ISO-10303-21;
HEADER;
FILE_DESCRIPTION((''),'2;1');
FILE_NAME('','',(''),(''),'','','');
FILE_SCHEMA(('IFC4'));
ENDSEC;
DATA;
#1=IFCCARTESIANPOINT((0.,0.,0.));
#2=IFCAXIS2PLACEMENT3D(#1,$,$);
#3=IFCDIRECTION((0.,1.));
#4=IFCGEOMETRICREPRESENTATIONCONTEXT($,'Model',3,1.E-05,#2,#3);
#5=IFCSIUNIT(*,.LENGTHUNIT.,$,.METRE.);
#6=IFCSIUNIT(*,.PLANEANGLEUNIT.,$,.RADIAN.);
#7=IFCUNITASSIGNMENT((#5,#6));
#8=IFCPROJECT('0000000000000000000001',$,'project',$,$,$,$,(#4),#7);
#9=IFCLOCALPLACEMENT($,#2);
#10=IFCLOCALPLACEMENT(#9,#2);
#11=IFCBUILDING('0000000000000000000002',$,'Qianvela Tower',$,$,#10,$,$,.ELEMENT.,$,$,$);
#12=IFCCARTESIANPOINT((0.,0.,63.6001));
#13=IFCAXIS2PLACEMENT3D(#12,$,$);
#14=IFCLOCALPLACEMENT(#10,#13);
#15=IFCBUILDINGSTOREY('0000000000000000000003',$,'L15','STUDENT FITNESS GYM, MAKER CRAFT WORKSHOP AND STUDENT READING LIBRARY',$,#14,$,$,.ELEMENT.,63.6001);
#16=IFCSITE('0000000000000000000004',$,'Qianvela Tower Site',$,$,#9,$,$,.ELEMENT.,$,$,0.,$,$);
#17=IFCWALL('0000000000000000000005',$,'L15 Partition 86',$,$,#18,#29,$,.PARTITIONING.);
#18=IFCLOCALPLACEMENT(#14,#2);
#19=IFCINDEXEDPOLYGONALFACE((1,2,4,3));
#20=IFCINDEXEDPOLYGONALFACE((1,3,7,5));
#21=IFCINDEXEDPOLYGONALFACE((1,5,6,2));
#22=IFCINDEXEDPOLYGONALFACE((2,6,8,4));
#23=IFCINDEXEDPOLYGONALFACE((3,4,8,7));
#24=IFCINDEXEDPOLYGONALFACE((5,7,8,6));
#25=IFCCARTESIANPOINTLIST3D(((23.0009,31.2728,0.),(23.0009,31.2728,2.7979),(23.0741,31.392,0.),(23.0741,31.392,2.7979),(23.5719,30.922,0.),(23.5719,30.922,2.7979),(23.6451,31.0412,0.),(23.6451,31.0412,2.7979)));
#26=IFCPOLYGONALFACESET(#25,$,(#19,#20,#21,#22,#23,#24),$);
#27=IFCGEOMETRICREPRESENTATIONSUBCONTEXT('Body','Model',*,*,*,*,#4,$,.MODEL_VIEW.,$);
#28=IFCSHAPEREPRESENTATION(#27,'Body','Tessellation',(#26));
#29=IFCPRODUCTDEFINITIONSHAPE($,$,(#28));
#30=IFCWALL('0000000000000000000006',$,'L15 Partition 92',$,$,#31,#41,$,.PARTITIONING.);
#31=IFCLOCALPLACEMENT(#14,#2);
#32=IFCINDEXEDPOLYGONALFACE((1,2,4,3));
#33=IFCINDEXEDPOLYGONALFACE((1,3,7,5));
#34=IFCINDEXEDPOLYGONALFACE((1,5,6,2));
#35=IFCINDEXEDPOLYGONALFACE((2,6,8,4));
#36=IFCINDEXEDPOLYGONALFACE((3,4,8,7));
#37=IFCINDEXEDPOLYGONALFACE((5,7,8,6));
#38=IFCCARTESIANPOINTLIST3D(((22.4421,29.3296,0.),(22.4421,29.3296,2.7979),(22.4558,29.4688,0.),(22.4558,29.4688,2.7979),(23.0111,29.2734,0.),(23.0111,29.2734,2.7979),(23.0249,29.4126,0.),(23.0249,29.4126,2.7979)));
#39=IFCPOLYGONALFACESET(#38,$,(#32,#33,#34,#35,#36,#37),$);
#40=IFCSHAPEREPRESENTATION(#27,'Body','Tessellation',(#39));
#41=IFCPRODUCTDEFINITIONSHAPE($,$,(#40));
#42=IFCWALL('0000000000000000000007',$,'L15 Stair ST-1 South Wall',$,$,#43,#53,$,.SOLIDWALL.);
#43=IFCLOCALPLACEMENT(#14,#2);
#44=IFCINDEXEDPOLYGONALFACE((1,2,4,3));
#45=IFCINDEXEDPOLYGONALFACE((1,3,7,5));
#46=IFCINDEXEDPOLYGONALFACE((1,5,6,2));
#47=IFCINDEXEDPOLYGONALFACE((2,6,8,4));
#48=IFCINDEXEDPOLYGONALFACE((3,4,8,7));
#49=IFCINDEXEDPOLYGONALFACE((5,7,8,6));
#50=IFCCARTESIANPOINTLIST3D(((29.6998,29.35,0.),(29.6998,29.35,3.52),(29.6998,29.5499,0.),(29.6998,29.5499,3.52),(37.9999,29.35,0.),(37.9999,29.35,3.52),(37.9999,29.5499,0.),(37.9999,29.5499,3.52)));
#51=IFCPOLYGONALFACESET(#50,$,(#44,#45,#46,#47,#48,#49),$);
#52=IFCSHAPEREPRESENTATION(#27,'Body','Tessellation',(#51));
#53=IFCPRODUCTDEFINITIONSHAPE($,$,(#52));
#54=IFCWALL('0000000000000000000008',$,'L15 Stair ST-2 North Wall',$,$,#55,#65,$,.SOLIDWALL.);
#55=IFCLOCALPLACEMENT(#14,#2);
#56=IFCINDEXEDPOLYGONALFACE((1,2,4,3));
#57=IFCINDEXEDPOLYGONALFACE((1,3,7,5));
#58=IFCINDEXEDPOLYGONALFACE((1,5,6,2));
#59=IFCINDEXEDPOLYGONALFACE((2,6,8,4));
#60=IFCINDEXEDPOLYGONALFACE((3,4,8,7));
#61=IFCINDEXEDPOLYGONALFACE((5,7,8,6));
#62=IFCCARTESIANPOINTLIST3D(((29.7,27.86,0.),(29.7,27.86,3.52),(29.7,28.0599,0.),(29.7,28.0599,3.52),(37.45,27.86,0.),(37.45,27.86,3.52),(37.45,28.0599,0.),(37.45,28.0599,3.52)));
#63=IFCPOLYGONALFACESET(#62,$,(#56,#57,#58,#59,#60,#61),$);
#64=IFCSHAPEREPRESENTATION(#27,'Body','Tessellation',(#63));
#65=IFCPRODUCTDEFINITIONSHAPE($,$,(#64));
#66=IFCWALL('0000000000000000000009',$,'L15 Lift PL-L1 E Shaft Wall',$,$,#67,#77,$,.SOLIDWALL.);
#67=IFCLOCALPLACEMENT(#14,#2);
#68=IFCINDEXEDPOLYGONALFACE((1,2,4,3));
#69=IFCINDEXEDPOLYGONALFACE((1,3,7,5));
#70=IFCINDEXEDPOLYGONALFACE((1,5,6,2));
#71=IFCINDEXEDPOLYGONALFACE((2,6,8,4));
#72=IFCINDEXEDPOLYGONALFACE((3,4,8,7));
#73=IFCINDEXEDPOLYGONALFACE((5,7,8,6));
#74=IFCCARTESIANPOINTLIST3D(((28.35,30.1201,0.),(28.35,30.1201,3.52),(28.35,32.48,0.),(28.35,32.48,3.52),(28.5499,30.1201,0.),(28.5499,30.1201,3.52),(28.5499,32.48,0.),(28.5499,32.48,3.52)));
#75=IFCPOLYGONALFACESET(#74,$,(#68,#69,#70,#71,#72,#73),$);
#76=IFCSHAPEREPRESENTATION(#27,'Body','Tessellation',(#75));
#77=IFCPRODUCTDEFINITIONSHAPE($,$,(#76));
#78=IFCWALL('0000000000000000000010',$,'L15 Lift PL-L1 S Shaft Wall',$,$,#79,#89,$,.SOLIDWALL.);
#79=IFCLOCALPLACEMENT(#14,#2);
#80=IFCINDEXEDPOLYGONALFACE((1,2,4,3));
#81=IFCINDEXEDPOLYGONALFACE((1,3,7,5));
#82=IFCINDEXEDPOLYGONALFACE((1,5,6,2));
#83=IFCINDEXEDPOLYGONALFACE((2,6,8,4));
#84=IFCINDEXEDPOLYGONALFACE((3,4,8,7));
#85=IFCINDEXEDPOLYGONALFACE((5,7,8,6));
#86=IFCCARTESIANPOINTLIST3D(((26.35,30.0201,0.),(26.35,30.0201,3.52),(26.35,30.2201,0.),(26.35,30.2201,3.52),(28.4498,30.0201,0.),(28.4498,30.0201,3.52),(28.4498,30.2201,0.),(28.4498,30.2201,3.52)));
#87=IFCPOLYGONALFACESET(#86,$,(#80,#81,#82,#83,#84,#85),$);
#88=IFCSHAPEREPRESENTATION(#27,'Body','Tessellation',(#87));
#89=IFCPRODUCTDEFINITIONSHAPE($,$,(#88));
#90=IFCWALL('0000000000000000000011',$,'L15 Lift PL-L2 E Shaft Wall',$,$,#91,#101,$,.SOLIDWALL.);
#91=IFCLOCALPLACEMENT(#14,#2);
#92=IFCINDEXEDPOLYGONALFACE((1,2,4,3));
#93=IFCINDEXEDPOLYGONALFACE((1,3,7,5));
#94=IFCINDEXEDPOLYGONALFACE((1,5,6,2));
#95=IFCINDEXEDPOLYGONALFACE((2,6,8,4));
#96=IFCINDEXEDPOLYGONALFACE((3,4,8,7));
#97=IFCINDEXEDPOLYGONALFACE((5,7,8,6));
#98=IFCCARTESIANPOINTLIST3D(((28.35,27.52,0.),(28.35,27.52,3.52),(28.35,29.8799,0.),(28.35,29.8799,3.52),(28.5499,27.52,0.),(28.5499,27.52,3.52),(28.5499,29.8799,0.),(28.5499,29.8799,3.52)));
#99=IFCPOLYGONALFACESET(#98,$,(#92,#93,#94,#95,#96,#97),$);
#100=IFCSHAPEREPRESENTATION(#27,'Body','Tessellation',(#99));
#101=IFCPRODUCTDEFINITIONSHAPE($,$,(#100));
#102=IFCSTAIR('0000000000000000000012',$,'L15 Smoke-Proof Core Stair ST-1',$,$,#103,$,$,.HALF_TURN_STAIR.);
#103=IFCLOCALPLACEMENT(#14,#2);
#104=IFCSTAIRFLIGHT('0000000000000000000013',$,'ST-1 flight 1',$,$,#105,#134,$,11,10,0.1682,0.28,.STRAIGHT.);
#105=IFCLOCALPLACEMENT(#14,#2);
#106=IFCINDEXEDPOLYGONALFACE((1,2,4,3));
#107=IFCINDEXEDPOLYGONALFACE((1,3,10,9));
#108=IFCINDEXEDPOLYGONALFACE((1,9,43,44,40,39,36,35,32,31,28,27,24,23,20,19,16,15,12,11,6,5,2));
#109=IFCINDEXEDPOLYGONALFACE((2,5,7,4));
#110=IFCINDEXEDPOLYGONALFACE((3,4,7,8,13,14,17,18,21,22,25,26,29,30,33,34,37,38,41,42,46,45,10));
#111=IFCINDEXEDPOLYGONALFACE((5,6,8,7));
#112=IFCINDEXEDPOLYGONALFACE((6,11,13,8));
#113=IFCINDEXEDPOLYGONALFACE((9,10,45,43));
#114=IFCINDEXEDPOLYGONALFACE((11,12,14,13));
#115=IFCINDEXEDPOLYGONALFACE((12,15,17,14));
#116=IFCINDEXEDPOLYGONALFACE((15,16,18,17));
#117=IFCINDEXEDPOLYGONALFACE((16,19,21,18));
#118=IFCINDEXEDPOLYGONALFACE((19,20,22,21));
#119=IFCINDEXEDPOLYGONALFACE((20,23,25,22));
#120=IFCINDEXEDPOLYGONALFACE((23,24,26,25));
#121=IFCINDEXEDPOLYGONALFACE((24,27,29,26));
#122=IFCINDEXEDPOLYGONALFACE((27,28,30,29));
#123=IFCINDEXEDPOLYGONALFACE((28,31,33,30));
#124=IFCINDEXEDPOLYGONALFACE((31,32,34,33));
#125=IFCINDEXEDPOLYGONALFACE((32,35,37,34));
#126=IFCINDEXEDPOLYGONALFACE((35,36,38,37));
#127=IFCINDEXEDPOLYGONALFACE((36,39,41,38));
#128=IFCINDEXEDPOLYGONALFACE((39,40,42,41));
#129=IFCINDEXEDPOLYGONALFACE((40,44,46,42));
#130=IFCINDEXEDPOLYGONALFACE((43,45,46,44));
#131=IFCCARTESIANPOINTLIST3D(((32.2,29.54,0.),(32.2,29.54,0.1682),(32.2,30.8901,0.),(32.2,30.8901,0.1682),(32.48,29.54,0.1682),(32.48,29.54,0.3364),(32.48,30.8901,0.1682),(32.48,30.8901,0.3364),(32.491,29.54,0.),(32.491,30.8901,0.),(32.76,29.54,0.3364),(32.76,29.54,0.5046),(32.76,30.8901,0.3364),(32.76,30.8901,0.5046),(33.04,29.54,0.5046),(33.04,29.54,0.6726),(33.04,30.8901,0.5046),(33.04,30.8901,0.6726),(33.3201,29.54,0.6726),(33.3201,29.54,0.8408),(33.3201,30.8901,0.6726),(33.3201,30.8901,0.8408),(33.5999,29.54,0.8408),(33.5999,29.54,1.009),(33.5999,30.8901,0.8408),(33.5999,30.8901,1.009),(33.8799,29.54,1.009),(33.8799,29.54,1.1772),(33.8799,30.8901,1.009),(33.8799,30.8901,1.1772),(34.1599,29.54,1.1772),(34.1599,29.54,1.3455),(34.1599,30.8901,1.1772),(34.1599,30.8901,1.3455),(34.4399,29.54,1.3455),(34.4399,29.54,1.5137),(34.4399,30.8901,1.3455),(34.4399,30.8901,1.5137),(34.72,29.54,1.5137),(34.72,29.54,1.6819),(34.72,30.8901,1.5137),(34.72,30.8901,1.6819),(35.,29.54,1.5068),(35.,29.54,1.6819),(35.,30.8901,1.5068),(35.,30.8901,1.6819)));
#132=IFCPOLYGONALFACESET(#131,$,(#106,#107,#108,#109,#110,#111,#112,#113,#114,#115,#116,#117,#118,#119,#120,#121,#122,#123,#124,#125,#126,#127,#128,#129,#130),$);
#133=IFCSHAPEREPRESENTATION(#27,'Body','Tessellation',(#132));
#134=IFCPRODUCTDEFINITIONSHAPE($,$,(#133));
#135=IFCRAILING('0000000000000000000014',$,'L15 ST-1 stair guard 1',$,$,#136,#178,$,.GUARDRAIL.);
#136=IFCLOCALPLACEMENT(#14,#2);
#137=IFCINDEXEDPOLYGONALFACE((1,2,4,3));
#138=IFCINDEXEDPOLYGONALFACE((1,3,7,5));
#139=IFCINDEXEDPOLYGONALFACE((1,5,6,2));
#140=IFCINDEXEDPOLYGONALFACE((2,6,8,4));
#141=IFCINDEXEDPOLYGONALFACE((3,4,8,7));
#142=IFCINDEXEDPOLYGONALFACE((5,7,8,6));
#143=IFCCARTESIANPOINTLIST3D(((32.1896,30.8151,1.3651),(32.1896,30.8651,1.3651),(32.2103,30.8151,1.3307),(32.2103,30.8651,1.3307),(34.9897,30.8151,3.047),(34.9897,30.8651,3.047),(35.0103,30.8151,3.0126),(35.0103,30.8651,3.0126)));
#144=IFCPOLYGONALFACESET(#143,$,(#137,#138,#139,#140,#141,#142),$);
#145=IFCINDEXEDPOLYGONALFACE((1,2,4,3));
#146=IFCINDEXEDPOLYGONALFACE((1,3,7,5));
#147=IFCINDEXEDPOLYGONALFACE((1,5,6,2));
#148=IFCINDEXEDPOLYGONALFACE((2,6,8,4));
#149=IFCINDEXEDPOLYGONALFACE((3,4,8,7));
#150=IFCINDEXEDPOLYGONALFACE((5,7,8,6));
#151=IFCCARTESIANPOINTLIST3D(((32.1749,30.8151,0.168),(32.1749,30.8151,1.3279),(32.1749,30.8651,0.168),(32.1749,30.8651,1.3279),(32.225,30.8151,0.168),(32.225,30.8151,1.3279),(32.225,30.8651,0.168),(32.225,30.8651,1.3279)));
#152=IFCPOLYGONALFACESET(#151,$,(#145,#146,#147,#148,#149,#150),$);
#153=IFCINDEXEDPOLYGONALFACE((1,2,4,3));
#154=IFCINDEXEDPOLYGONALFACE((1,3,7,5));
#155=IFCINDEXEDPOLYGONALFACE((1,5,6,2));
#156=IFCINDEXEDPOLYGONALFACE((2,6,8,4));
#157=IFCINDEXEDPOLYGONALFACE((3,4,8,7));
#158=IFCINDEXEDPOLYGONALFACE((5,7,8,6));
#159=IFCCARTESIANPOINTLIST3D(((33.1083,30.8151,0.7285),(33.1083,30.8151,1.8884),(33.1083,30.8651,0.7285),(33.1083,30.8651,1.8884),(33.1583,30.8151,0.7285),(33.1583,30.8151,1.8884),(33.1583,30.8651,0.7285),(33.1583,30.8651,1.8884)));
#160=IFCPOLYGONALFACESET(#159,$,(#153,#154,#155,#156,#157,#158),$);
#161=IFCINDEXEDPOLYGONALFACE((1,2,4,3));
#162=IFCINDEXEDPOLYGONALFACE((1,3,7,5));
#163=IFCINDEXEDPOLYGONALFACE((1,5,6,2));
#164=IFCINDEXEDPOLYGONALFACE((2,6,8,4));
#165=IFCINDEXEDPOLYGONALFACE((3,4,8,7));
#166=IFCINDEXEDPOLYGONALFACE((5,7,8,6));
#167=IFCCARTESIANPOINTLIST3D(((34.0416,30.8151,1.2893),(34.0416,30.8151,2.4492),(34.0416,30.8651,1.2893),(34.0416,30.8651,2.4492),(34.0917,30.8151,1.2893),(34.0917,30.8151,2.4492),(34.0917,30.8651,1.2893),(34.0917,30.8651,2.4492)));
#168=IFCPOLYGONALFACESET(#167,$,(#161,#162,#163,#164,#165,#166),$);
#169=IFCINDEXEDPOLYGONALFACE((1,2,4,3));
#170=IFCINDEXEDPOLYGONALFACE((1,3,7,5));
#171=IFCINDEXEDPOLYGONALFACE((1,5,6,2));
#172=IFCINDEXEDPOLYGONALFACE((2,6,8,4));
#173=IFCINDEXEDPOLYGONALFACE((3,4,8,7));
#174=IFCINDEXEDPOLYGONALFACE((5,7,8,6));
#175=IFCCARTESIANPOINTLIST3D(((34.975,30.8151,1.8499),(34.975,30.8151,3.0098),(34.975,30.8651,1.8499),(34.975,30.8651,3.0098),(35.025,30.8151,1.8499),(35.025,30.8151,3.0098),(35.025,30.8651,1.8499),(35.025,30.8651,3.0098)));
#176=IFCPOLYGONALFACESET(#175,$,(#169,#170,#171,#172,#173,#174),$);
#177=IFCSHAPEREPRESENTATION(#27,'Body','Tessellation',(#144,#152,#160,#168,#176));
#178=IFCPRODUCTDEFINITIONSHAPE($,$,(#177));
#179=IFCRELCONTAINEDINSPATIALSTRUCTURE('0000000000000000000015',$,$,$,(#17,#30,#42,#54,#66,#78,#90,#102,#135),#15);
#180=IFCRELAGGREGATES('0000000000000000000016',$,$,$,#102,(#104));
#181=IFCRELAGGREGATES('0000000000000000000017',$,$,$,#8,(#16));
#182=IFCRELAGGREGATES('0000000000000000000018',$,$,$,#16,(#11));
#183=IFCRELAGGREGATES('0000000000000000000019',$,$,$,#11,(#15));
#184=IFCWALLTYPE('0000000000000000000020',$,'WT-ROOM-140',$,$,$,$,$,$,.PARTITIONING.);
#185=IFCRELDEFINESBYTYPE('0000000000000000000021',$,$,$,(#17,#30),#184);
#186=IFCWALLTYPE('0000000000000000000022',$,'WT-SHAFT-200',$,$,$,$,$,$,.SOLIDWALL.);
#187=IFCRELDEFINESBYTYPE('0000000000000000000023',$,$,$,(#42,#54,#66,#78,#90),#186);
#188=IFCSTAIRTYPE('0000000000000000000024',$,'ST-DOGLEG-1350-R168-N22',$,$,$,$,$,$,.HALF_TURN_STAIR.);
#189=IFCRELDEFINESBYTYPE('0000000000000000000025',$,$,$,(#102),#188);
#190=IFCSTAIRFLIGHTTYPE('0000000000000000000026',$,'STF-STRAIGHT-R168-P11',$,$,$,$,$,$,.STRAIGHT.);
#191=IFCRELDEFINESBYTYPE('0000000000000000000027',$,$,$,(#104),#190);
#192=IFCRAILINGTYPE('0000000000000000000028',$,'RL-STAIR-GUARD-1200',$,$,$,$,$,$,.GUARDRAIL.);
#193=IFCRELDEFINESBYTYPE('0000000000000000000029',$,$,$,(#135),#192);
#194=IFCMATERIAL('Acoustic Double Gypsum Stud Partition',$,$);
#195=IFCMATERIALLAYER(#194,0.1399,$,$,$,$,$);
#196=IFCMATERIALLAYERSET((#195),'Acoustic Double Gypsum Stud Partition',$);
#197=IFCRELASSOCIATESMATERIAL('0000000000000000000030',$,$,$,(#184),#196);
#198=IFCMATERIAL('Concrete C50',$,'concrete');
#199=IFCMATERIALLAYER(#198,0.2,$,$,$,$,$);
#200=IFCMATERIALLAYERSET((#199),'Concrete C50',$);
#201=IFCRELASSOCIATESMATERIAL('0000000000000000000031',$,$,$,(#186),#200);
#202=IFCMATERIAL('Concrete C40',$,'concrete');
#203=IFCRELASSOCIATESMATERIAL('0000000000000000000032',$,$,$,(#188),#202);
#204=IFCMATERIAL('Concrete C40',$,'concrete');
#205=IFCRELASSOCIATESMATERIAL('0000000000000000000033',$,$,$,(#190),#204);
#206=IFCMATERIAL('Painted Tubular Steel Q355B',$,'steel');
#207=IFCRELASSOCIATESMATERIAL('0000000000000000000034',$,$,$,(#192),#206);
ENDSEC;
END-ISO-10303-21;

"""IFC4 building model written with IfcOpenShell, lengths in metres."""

from ifc_helpers import new_model, si_unit, direction, frame, frame_2d, origin, origin_2d, place, context, subcontext, project, spatial, polyline, rectangle, outline, extrude, material, layer, layer_set, type_object, element, aggregate, save


model = new_model("IFC4")

# Units and contexts
model_context = context("Model", 3, precision=1e-05, world=origin(), true_north=direction((0.0, 1.0)))
body_context = subcontext(model_context, "Body", "Model", "MODEL_VIEW")
ifc_project = project(units=[si_unit("LENGTHUNIT", "METRE"), si_unit("PLANEANGLEUNIT", "RADIAN")], contexts=[model_context])

# Site, building, storey
site_placement = place(None, origin())
site = spatial("IfcSite", under=ifc_project, at=site_placement, Name="Qianvela Tower Site", CompositionType="ELEMENT", RefElevation=0.0)
building_placement = place(site_placement, origin())
building = spatial("IfcBuilding", under=site, at=building_placement, Name="Qianvela Tower", CompositionType="ELEMENT")
storey_placement = place(building_placement, frame((0.0, 0.0, 63.6001)))
storey = spatial("IfcBuildingStorey", under=building, at=storey_placement, Name="L15", Description="STUDENT FITNESS GYM, MAKER CRAFT WORKSHOP AND STUDENT READING LIBRARY", CompositionType="ELEMENT", Elevation=63.6001)

# Walls
ifc_material_1 = material(Name="Acoustic Double Gypsum Stud Partition")
ifc_layer_1 = layer(ifc_material_1, 0.1399)
ifc_layer_set_1 = layer_set([ifc_layer_1], Name="Acoustic Double Gypsum Stud Partition")
wall_type_1 = type_object("IfcWallType", Name="WT-ROOM-140", PredefinedType="PARTITIONING", material=ifc_layer_set_1)
wall_1_placement = place(storey_placement, frame((23.6084, 30.9817, 0.0), z_axis=(0.0, 0.0, 1.0), x_axis=(-0.852046, 0.523467, 0.0)))
element("IfcWall", 1, at=wall_1_placement, inside=storey, type_object=wall_type_1, Name="L15 Partition 86", PredefinedType="PARTITIONING", context=body_context, shape_type="SweptSolid", body=[
    extrude(rectangle(XDim=0.6702, YDim=0.1399, at=frame_2d((0.335, 0.0))), origin(), (0.0, 0.0, 1.0), 2.7979),
])
wall_2_placement = place(storey_placement, frame((22.449, 29.3992, 0.0), z_axis=(0.0, 0.0, 1.0), x_axis=(0.995167, -0.098193, 0.0)))
element("IfcWall", 2, at=wall_2_placement, inside=storey, type_object=wall_type_1, Name="L15 Partition 92", PredefinedType="PARTITIONING", context=body_context, shape_type="SweptSolid", body=[
    extrude(rectangle(XDim=0.5718, YDim=0.1399, at=frame_2d((0.2859, 0.0))), origin(), (0.0, 0.0, 1.0), 2.7979),
])
ifc_material_2 = material(Name="Concrete C50", Category="concrete")
ifc_layer_2 = layer(ifc_material_2, 0.2)
ifc_layer_set_2 = layer_set([ifc_layer_2], Name="Concrete C50")
wall_type_2 = type_object("IfcWallType", Name="WT-SHAFT-200", PredefinedType="SOLIDWALL", material=ifc_layer_set_2)
wall_3_placement = place(storey_placement, frame((29.7, 29.45, 0.0), z_axis=(0.0, 0.0, 1.0), x_axis=(1.0, 0.0, 0.0)))
element("IfcWall", 3, at=wall_3_placement, inside=storey, type_object=wall_type_2, Name="L15 Stair ST-1 South Wall", PredefinedType="SOLIDWALL", context=body_context, shape_type="SweptSolid", body=[
    extrude(rectangle(XDim=8.3, YDim=0.2, at=frame_2d((4.1499, 0.0))), origin(), (0.0, 0.0, 1.0), 3.52),
])
wall_4_placement = place(storey_placement, frame((29.7, 27.96, 0.0), z_axis=(0.0, 0.0, 1.0), x_axis=(1.0, 0.0, 0.0)))
element("IfcWall", 4, at=wall_4_placement, inside=storey, type_object=wall_type_2, Name="L15 Stair ST-2 North Wall", PredefinedType="SOLIDWALL", context=body_context, shape_type="SweptSolid", body=[
    extrude(rectangle(XDim=7.75, YDim=0.2, at=frame_2d((3.875, 0.0))), origin(), (0.0, 0.0, 1.0), 3.52),
])
wall_5_placement = place(storey_placement, frame((28.45, 30.1201, 0.0), z_axis=(0.0, 0.0, 1.0), x_axis=(0.0, 1.0, 0.0)))
element("IfcWall", 5, at=wall_5_placement, inside=storey, type_object=wall_type_2, Name="L15 Lift PL-L1 E Shaft Wall", PredefinedType="SOLIDWALL", context=body_context, shape_type="SweptSolid", body=[
    extrude(rectangle(XDim=2.3599, YDim=0.2, at=frame_2d((1.1799, 0.0))), origin(), (0.0, 0.0, 1.0), 3.52),
])

# Walls
wall_6_placement = place(storey_placement, frame((26.3501, 30.1201, 0.0), z_axis=(0.0, 0.0, 1.0), x_axis=(1.0, 0.0, 0.0)))
element("IfcWall", 6, at=wall_6_placement, inside=storey, type_object=wall_type_2, Name="L15 Lift PL-L1 S Shaft Wall", PredefinedType="SOLIDWALL", context=body_context, shape_type="SweptSolid", body=[
    extrude(rectangle(XDim=2.0999, YDim=0.2, at=frame_2d((1.0498, 0.0))), origin(), (0.0, 0.0, 1.0), 3.52),
])
wall_7_placement = place(storey_placement, frame((28.45, 27.52, 0.0), z_axis=(0.0, 0.0, 1.0), x_axis=(0.0, 1.0, 0.0)))
element("IfcWall", 7, at=wall_7_placement, inside=storey, type_object=wall_type_2, Name="L15 Lift PL-L2 E Shaft Wall", PredefinedType="SOLIDWALL", context=body_context, shape_type="SweptSolid", body=[
    extrude(rectangle(XDim=2.3599, YDim=0.2, at=frame_2d((1.1799, 0.0))), origin(), (0.0, 0.0, 1.0), 3.52),
])

# Stair, stair flight
ifc_material_3 = material(Name="Concrete C40", Category="concrete")
stair_type = type_object("IfcStairType", Name="ST-DOGLEG-1350-R168-N22", PredefinedType="HALF_TURN_STAIR", material=ifc_material_3)
stair_placement = place(storey_placement, origin())
stair = element("IfcStair", 8, at=stair_placement, inside=storey, type_object=stair_type, Name="L15 Smoke-Proof Core Stair ST-1", PredefinedType="HALF_TURN_STAIR")
ifc_material_4 = material(Name="Concrete C40", Category="concrete")
stair_flight_type = type_object("IfcStairFlightType", Name="STF-STRAIGHT-R168-P11", PredefinedType="STRAIGHT", material=ifc_material_4)
stair_flight_placement = place(storey_placement, frame((32.2, 30.2151, 0.0), z_axis=(0.0, 0.0, 1.0), x_axis=(1.0, 0.0, 0.0)))
stair_flight = element("IfcStairFlight", 9, at=stair_flight_placement, type_object=stair_flight_type, Name="ST-1 flight 1", NumberOfRisers=11, NumberOfTreads=10, PredefinedType="STRAIGHT", RiserHeight=0.1682, TreadLength=0.28, context=body_context, shape_type="SweptSolid", body=[
    extrude(outline(polyline([(0.0, 0.0), (0.0, 0.1682), (0.28, 0.1682), (0.28, 0.3364), (0.5601, 0.3364), (0.5601, 0.5046), (0.8401, 0.5046), (0.8401, 0.6726), (1.1201, 0.6726), (1.1201, 0.8408), (1.3999, 0.8408), (1.3999, 1.009), (1.6799, 1.009), (1.6799, 1.1772), (1.96, 1.1772), (1.96, 1.3455), (2.24, 1.3455), (2.24, 1.5137), (2.52, 1.5137), (2.52, 1.6819), (2.8, 1.6819), (2.8, 1.8501), (2.8, 1.5068), (0.291, 0.0), (0.0, 0.0)])), frame((0.0, 0.675, 0.0), z_axis=(0.0, -1.0, 0.0), x_axis=(1.0, 0.0, 0.0)), (0.0, 0.0, 1.0), 1.3501),
])
aggregate(stair, [stair_flight])

# Railing
ifc_material_5 = material(Name="Painted Tubular Steel Q355B", Category="steel")
railing_type_1 = type_object("IfcRailingType", Name="RL-STAIR-GUARD-1200", PredefinedType="GUARDRAIL", material=ifc_material_5)
railing_1_placement = place(storey_placement, frame((32.2, 30.8401, 0.168)))
element("IfcRailing", 10, at=railing_1_placement, inside=storey, type_object=railing_type_1, Name="L15 ST-1 stair guard 1", PredefinedType="GUARDRAIL", context=body_context, shape_type="SweptSolid", body=[
    extrude(rectangle(XDim=0.05, YDim=0.04, at=origin_2d()), frame((0.0, 0.0, 1.1799), z_axis=(0.857242, 0.0, 0.514913), x_axis=(0.0, 1.0, 0.0)), (0.0, 0.0, 1.0), 3.2664),
    extrude(rectangle(XDim=0.05, YDim=0.05, at=origin_2d()), origin(), (0.0, 0.0, 1.0), 1.1599),
    extrude(rectangle(XDim=0.05, YDim=0.05, at=origin_2d()), frame((0.9333, 0.0, 0.5605)), (0.0, 0.0, 1.0), 1.1599),
    extrude(rectangle(XDim=0.05, YDim=0.05, at=origin_2d()), frame((1.8667, 0.0, 1.1213)), (0.0, 0.0, 1.0), 1.1599),
    extrude(rectangle(XDim=0.05, YDim=0.05, at=origin_2d()), frame((2.8, 0.0, 1.6819)), (0.0, 0.0, 1.0), 1.1599),
])

save(model, "model.ifc")
